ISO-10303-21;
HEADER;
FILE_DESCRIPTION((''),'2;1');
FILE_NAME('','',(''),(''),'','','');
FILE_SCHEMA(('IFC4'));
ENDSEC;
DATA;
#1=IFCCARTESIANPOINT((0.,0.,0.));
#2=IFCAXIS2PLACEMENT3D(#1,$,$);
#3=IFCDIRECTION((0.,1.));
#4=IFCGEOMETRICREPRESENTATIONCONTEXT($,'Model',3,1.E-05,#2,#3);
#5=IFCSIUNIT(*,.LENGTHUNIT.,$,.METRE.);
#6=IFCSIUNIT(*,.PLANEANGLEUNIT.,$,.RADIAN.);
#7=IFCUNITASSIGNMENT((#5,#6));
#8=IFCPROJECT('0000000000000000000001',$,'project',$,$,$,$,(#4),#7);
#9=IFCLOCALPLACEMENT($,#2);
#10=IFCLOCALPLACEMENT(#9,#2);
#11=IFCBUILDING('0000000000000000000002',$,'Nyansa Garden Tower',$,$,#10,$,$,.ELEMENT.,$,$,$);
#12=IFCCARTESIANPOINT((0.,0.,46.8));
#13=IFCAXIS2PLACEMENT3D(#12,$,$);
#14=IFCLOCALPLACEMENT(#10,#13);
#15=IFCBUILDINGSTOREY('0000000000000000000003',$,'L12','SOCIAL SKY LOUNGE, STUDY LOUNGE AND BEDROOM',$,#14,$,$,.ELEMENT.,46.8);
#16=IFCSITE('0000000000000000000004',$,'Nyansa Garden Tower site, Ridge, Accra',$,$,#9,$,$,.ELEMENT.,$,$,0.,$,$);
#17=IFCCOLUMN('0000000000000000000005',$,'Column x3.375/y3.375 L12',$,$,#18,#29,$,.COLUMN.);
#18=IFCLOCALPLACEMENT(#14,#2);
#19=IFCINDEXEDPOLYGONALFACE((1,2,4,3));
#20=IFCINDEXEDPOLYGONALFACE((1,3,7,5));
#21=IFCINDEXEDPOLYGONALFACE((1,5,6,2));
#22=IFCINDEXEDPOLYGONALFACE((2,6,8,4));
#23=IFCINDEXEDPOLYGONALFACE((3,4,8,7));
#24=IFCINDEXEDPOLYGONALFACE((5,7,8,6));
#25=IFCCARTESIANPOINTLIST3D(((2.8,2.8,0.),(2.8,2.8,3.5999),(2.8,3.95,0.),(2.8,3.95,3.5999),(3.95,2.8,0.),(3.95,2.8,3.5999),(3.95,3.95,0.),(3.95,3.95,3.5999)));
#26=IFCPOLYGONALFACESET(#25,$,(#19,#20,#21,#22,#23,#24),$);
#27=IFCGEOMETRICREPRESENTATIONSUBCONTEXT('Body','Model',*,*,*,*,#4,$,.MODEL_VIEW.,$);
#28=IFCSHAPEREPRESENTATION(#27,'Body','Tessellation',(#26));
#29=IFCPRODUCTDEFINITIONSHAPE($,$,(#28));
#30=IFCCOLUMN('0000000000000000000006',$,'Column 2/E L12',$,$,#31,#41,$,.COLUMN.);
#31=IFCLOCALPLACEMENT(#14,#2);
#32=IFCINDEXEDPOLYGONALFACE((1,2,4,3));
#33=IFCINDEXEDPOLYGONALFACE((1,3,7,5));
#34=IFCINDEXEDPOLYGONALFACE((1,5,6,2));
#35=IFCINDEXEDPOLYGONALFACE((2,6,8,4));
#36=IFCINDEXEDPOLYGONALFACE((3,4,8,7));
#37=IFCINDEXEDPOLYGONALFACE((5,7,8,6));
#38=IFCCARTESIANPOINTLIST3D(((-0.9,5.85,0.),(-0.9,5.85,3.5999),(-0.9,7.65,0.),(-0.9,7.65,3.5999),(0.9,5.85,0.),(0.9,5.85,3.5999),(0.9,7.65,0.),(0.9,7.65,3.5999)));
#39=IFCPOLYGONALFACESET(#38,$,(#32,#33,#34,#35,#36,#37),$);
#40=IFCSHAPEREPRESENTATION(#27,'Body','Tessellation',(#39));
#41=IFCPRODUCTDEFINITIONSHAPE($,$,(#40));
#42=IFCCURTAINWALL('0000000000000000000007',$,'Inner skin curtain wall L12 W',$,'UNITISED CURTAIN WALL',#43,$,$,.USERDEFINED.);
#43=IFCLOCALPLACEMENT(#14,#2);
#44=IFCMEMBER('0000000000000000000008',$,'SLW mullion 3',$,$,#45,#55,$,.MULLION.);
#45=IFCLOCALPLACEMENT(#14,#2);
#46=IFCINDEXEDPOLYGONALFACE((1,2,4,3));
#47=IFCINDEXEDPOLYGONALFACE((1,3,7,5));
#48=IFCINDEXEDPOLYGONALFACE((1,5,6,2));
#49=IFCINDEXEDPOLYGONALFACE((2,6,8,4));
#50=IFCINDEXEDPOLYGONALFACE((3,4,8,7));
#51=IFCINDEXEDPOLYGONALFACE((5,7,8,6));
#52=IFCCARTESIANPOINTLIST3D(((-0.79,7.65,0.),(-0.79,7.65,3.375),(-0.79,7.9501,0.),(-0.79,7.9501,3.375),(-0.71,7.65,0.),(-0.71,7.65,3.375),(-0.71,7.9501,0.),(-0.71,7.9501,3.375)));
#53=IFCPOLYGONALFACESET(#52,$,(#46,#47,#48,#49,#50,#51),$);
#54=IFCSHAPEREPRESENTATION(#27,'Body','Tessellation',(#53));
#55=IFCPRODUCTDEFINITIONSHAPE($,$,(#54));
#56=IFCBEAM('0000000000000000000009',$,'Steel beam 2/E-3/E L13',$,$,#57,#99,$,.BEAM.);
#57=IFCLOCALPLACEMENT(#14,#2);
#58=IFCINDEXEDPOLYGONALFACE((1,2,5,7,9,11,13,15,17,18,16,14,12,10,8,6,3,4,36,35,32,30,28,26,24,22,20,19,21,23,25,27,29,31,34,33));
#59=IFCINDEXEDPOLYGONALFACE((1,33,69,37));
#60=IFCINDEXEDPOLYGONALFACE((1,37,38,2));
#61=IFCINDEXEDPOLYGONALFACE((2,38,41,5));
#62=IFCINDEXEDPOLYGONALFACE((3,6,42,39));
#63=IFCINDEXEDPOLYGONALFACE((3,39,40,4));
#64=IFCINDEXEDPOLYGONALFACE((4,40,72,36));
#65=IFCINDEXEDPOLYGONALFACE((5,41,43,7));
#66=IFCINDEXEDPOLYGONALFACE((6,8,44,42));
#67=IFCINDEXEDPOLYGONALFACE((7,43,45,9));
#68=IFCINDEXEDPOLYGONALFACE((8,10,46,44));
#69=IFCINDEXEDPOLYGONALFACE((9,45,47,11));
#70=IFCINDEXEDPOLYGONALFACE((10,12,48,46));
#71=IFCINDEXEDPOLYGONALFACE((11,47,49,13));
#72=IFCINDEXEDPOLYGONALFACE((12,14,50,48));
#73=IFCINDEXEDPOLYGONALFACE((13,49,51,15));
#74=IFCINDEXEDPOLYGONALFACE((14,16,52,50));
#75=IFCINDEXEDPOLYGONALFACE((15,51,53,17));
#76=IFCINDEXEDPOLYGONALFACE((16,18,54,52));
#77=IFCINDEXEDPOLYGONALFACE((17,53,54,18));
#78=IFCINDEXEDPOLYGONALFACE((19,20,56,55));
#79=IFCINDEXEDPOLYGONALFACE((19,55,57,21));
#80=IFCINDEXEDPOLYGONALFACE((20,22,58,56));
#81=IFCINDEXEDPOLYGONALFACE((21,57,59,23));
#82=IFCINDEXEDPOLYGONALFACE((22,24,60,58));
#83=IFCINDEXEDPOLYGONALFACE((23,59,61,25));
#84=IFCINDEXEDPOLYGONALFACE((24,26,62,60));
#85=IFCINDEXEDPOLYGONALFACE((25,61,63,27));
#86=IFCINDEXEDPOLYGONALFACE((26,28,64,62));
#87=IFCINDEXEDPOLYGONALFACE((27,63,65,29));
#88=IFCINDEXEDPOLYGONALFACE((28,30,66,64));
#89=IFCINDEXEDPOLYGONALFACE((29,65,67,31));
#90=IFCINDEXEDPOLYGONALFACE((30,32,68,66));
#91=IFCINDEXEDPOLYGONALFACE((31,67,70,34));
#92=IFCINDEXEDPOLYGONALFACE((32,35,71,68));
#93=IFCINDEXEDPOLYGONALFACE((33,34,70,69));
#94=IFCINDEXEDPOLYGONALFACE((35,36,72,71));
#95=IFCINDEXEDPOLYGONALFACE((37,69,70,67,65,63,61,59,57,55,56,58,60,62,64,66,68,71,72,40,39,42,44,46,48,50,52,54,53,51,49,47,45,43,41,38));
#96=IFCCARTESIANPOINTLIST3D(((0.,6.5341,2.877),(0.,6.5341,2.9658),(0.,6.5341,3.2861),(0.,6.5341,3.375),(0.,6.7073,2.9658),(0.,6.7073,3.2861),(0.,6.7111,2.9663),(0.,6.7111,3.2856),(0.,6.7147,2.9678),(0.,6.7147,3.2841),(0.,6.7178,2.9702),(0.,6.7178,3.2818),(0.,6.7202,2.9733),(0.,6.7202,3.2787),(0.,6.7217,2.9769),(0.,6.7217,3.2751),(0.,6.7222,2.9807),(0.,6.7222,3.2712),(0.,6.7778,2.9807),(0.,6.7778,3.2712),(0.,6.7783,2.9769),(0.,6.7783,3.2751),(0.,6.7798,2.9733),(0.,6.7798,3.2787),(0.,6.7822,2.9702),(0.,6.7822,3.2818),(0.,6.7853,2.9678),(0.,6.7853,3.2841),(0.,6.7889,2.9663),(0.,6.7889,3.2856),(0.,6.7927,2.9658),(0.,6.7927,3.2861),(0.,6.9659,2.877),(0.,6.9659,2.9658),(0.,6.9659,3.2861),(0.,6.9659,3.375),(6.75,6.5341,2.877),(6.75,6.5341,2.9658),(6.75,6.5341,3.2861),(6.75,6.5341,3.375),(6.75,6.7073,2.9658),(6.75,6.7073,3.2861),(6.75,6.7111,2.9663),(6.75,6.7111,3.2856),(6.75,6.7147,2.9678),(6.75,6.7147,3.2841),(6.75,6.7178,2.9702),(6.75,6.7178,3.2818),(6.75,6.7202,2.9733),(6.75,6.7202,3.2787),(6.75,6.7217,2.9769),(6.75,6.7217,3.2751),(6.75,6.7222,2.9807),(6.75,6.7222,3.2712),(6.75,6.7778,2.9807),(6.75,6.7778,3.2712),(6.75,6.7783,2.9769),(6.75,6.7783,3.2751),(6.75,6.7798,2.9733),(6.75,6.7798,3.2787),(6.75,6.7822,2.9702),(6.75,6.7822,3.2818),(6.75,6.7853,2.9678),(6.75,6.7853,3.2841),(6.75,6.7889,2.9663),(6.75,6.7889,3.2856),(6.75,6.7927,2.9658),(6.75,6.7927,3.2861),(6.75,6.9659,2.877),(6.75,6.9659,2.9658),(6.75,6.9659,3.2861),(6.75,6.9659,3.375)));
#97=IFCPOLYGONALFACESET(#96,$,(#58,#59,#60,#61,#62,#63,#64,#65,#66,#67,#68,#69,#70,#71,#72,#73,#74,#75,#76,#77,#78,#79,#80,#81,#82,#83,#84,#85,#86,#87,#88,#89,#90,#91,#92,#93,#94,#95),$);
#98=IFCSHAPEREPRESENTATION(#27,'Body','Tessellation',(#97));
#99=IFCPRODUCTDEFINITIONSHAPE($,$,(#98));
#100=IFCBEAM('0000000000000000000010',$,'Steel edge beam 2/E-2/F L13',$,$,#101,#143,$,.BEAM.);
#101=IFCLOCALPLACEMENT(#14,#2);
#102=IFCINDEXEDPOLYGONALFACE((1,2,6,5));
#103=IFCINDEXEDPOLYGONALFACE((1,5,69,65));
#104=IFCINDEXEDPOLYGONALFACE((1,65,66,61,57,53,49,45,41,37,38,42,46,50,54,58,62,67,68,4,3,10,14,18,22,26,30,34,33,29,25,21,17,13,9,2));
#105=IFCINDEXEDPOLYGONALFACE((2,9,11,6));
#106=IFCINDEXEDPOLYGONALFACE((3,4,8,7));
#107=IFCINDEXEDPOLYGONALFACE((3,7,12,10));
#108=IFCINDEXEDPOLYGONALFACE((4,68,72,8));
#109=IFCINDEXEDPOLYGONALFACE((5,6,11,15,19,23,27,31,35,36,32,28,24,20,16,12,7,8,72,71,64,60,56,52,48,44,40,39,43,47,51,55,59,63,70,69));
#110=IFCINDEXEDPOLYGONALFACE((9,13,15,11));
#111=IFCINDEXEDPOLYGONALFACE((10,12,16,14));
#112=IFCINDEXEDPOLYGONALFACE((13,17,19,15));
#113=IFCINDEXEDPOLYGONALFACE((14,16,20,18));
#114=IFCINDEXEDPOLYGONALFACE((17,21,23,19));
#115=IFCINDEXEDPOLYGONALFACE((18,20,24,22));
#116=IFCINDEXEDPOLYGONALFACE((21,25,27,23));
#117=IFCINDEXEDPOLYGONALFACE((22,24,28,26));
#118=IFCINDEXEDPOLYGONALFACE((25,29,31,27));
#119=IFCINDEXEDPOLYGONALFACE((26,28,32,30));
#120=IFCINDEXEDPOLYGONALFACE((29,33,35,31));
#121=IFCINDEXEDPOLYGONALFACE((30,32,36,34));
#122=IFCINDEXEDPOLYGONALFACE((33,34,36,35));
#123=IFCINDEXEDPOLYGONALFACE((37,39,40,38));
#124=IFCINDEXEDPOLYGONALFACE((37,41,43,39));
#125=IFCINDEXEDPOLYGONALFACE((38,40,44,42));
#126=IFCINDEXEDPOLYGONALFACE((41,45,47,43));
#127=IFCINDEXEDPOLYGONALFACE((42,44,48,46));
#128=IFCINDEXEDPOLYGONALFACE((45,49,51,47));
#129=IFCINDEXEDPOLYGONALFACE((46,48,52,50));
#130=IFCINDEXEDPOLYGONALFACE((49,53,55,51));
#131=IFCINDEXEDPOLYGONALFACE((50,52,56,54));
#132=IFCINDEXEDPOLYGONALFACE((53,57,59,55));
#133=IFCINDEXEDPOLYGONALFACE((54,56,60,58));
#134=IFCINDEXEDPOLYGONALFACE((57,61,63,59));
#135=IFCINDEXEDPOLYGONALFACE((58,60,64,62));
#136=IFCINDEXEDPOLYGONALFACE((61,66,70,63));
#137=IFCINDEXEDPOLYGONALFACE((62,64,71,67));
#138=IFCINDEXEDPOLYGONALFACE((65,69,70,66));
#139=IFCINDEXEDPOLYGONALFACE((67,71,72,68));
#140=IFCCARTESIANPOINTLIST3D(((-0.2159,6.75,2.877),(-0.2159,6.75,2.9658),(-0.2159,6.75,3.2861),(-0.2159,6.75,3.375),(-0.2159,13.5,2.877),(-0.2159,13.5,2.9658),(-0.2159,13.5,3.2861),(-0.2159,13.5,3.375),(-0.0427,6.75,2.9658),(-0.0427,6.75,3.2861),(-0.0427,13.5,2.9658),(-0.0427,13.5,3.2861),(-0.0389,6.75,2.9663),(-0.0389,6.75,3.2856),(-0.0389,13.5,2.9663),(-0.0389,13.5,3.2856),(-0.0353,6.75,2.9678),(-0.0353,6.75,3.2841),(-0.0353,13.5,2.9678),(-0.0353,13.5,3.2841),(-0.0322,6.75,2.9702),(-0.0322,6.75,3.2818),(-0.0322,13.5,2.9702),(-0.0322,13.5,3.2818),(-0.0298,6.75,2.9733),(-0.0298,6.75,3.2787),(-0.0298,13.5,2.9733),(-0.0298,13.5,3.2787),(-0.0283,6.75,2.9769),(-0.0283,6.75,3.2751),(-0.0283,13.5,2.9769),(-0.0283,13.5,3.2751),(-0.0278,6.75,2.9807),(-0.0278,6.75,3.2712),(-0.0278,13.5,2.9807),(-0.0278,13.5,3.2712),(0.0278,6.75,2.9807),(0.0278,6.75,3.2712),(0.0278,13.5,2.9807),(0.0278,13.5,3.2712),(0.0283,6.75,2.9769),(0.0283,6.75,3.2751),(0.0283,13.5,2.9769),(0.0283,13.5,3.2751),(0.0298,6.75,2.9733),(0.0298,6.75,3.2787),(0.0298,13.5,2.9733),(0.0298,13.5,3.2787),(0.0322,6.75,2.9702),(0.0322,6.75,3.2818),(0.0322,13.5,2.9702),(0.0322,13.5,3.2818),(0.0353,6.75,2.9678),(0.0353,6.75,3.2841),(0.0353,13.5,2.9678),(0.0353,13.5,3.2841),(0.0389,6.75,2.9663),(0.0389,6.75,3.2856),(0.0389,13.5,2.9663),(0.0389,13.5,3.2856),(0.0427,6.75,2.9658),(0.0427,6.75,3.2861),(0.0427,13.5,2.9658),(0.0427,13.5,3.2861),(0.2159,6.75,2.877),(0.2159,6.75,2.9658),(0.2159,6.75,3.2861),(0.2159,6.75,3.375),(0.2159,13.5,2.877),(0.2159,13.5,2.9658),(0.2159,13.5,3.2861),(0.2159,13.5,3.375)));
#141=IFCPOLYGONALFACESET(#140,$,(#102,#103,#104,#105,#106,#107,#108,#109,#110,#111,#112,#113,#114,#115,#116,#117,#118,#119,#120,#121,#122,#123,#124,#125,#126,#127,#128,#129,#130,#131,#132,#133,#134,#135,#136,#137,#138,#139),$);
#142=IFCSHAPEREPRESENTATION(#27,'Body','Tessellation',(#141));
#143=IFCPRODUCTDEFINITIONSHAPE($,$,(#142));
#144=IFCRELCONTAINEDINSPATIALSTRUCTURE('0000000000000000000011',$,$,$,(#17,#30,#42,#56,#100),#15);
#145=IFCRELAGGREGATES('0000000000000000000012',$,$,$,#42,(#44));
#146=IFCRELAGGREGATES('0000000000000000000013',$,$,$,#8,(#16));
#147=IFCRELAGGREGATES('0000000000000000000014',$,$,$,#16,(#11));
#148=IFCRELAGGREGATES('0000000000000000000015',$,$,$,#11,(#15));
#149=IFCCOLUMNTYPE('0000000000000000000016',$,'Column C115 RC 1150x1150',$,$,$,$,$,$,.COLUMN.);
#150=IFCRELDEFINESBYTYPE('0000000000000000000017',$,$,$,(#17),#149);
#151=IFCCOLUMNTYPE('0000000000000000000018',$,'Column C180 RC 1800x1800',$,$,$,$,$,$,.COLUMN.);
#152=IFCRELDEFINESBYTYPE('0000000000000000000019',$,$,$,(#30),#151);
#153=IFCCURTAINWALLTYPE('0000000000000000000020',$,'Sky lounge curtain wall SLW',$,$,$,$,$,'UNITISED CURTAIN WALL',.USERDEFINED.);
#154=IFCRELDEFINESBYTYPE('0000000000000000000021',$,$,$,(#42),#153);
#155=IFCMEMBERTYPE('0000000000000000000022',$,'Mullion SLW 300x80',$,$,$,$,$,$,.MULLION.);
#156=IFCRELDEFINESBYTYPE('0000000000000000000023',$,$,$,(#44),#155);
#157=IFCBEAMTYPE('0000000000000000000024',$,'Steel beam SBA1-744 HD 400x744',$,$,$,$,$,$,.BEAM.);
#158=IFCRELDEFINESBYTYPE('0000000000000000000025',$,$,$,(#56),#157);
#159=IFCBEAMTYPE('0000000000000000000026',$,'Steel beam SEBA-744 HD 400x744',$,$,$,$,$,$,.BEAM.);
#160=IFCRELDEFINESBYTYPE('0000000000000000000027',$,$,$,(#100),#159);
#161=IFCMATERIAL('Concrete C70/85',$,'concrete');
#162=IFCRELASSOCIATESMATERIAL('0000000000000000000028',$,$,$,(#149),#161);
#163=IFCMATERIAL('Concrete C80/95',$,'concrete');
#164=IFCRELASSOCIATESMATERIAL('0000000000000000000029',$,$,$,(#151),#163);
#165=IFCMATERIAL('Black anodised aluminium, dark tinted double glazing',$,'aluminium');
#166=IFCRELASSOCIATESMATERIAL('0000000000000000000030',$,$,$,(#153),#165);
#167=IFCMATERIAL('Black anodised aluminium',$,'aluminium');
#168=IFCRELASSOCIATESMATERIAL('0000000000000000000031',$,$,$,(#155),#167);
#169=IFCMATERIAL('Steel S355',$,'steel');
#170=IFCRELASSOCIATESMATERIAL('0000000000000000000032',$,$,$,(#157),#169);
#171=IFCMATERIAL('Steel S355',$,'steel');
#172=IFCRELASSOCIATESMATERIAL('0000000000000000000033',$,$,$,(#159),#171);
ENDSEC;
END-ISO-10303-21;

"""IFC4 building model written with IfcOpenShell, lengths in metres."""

from ifc_helpers import new_model, si_unit, direction, frame, origin, origin_2d, place, context, subcontext, project, spatial, rectangle, i_section, extrude, material, material_profile, profile_set, type_object, element, aggregate, save


model = new_model("IFC4")

# Units and contexts
model_context = context("Model", 3, precision=1e-05, world=origin(), true_north=direction((0.0, 1.0)))
body_context = subcontext(model_context, "Body", "Model", "MODEL_VIEW")
ifc_project = project(units=[si_unit("LENGTHUNIT", "METRE"), si_unit("PLANEANGLEUNIT", "RADIAN")], contexts=[model_context])

# Site, building, storey
site_placement = place(None, origin())
site = spatial("IfcSite", under=ifc_project, at=site_placement, Name="Nyansa Garden Tower site, Ridge, Accra", CompositionType="ELEMENT", RefElevation=0.0)
building_placement = place(site_placement, origin())
building = spatial("IfcBuilding", under=site, at=building_placement, Name="Nyansa Garden Tower", CompositionType="ELEMENT")
storey_placement = place(building_placement, frame((0.0, 0.0, 46.8)))
storey = spatial("IfcBuildingStorey", under=building, at=storey_placement, Name="L12", Description="SOCIAL SKY LOUNGE, STUDY LOUNGE AND BEDROOM", CompositionType="ELEMENT", Elevation=46.8)

# Columns
ifc_material_1 = material(Name="Concrete C70/85", Category="concrete")
ifc_material_profile_1 = material_profile(ifc_material_1, rectangle(XDim=1.1499, YDim=1.1499, at=origin_2d()), Name="RC 1150x1150")
ifc_profile_set_1 = profile_set([ifc_material_profile_1], Name="Concrete C70/85")
column_type_1 = type_object("IfcColumnType", Name="Column C115 RC 1150x1150", PredefinedType="COLUMN", material=ifc_profile_set_1)
column_1_placement = place(storey_placement, frame((3.375, 3.375, 0.0), z_axis=(0.0, 0.0, 1.0), x_axis=(1.0, 0.0, 0.0)))
element("IfcColumn", 1, at=column_1_placement, inside=storey, type_object=column_type_1, Name="Column x3.375/y3.375 L12", PredefinedType="COLUMN", context=body_context, shape_type="SweptSolid", body=[
    extrude(rectangle(XDim=1.1499, YDim=1.1499, at=origin_2d()), origin(), (0.0, 0.0, 1.0), 3.5999),
])
ifc_material_2 = material(Name="Concrete C80/95", Category="concrete")
ifc_material_profile_2 = material_profile(ifc_material_2, rectangle(XDim=1.8, YDim=1.8, at=origin_2d()), Name="RC 1800x1800")
ifc_profile_set_2 = profile_set([ifc_material_profile_2], Name="Concrete C80/95")
column_type_2 = type_object("IfcColumnType", Name="Column C180 RC 1800x1800", PredefinedType="COLUMN", material=ifc_profile_set_2)
column_2_placement = place(storey_placement, frame((0.0, 6.75, 0.0), z_axis=(0.0, 0.0, 1.0), x_axis=(1.0, 0.0, 0.0)))
element("IfcColumn", 2, at=column_2_placement, inside=storey, type_object=column_type_2, Name="Column 2/E L12", PredefinedType="COLUMN", context=body_context, shape_type="SweptSolid", body=[
    extrude(rectangle(XDim=1.8, YDim=1.8, at=origin_2d()), origin(), (0.0, 0.0, 1.0), 3.5999),
])

# Curtain wall, member
ifc_material_3 = material(Name="Black anodised aluminium, dark tinted double glazing", Category="aluminium")
curtain_wall_type = type_object("IfcCurtainWallType", Name="Sky lounge curtain wall SLW", ElementType="UNITISED CURTAIN WALL", PredefinedType="USERDEFINED", material=ifc_material_3)
curtain_wall_placement = place(storey_placement, origin())
curtain_wall = element("IfcCurtainWall", 3, at=curtain_wall_placement, inside=storey, type_object=curtain_wall_type, Name="Inner skin curtain wall L12 W", ObjectType="UNITISED CURTAIN WALL", PredefinedType="USERDEFINED")
ifc_material_4 = material(Name="Black anodised aluminium", Category="aluminium")
ifc_material_profile_3 = material_profile(ifc_material_4, rectangle(XDim=0.0801, YDim=0.3, at=origin_2d()), Name="Mullion 300x80")
ifc_profile_set_3 = profile_set([ifc_material_profile_3], Name="Black anodised aluminium")
member_type_1 = type_object("IfcMemberType", Name="Mullion SLW 300x80", PredefinedType="MULLION", material=ifc_profile_set_3)
member_1_placement = place(storey_placement, frame((-0.75, 7.8, 0.0), z_axis=(0.0, 0.0, 1.0), x_axis=(1.0, 0.0, 0.0)))
member_1 = element("IfcMember", 4, at=member_1_placement, type_object=member_type_1, Name="SLW mullion 3", PredefinedType="MULLION", context=body_context, shape_type="SweptSolid", body=[
    extrude(rectangle(XDim=0.0801, YDim=0.3, at=origin_2d()), origin(), (0.0, 0.0, 1.0), 3.375),
])

# Beams
ifc_material_5 = material(Name="Steel S355", Category="steel")
ifc_material_profile_4 = material_profile(ifc_material_5, i_section(OverallWidth=0.4319, OverallDepth=0.498, WebThickness=0.0557, FlangeThickness=0.0889, FilletRadius=0.0149, at=origin_2d()), Name="HD 400x744")
ifc_profile_set_4 = profile_set([ifc_material_profile_4], Name="Steel S355")
beam_type_1 = type_object("IfcBeamType", Name="Steel beam SBA1-744 HD 400x744", PredefinedType="BEAM", material=ifc_profile_set_4)
beam_1_placement = place(storey_placement, frame((0.0, 6.75, 3.126), z_axis=(1.0, 0.0, 0.0), x_axis=(0.0, 1.0, 0.0)))
element("IfcBeam", 5, at=beam_1_placement, inside=storey, type_object=beam_type_1, Name="Steel beam 2/E-3/E L13", PredefinedType="BEAM", context=body_context, shape_type="SweptSolid", body=[
    extrude(i_section(OverallWidth=0.4319, OverallDepth=0.498, WebThickness=0.0557, FlangeThickness=0.0889, FilletRadius=0.0149, at=origin_2d()), origin(), (0.0, 0.0, 1.0), 6.75),
])
ifc_material_6 = material(Name="Steel S355", Category="steel")
ifc_material_profile_5 = material_profile(ifc_material_6, i_section(OverallWidth=0.4319, OverallDepth=0.498, WebThickness=0.0557, FlangeThickness=0.0889, FilletRadius=0.0149, at=origin_2d()), Name="HD 400x744")
ifc_profile_set_5 = profile_set([ifc_material_profile_5], Name="Steel S355")
beam_type_2 = type_object("IfcBeamType", Name="Steel beam SEBA-744 HD 400x744", PredefinedType="BEAM", material=ifc_profile_set_5)
beam_2_placement = place(storey_placement, frame((0.0, 6.75, 3.126), z_axis=(0.0, 1.0, 0.0), x_axis=(-1.0, 0.0, 0.0)))
element("IfcBeam", 6, at=beam_2_placement, inside=storey, type_object=beam_type_2, Name="Steel edge beam 2/E-2/F L13", PredefinedType="BEAM", context=body_context, shape_type="SweptSolid", body=[
    extrude(i_section(OverallWidth=0.4319, OverallDepth=0.498, WebThickness=0.0557, FlangeThickness=0.0889, FilletRadius=0.0149, at=origin_2d()), origin(), (0.0, 0.0, 1.0), 6.75),
])

aggregate(curtain_wall, [member_1])

save(model, "model.ifc")
